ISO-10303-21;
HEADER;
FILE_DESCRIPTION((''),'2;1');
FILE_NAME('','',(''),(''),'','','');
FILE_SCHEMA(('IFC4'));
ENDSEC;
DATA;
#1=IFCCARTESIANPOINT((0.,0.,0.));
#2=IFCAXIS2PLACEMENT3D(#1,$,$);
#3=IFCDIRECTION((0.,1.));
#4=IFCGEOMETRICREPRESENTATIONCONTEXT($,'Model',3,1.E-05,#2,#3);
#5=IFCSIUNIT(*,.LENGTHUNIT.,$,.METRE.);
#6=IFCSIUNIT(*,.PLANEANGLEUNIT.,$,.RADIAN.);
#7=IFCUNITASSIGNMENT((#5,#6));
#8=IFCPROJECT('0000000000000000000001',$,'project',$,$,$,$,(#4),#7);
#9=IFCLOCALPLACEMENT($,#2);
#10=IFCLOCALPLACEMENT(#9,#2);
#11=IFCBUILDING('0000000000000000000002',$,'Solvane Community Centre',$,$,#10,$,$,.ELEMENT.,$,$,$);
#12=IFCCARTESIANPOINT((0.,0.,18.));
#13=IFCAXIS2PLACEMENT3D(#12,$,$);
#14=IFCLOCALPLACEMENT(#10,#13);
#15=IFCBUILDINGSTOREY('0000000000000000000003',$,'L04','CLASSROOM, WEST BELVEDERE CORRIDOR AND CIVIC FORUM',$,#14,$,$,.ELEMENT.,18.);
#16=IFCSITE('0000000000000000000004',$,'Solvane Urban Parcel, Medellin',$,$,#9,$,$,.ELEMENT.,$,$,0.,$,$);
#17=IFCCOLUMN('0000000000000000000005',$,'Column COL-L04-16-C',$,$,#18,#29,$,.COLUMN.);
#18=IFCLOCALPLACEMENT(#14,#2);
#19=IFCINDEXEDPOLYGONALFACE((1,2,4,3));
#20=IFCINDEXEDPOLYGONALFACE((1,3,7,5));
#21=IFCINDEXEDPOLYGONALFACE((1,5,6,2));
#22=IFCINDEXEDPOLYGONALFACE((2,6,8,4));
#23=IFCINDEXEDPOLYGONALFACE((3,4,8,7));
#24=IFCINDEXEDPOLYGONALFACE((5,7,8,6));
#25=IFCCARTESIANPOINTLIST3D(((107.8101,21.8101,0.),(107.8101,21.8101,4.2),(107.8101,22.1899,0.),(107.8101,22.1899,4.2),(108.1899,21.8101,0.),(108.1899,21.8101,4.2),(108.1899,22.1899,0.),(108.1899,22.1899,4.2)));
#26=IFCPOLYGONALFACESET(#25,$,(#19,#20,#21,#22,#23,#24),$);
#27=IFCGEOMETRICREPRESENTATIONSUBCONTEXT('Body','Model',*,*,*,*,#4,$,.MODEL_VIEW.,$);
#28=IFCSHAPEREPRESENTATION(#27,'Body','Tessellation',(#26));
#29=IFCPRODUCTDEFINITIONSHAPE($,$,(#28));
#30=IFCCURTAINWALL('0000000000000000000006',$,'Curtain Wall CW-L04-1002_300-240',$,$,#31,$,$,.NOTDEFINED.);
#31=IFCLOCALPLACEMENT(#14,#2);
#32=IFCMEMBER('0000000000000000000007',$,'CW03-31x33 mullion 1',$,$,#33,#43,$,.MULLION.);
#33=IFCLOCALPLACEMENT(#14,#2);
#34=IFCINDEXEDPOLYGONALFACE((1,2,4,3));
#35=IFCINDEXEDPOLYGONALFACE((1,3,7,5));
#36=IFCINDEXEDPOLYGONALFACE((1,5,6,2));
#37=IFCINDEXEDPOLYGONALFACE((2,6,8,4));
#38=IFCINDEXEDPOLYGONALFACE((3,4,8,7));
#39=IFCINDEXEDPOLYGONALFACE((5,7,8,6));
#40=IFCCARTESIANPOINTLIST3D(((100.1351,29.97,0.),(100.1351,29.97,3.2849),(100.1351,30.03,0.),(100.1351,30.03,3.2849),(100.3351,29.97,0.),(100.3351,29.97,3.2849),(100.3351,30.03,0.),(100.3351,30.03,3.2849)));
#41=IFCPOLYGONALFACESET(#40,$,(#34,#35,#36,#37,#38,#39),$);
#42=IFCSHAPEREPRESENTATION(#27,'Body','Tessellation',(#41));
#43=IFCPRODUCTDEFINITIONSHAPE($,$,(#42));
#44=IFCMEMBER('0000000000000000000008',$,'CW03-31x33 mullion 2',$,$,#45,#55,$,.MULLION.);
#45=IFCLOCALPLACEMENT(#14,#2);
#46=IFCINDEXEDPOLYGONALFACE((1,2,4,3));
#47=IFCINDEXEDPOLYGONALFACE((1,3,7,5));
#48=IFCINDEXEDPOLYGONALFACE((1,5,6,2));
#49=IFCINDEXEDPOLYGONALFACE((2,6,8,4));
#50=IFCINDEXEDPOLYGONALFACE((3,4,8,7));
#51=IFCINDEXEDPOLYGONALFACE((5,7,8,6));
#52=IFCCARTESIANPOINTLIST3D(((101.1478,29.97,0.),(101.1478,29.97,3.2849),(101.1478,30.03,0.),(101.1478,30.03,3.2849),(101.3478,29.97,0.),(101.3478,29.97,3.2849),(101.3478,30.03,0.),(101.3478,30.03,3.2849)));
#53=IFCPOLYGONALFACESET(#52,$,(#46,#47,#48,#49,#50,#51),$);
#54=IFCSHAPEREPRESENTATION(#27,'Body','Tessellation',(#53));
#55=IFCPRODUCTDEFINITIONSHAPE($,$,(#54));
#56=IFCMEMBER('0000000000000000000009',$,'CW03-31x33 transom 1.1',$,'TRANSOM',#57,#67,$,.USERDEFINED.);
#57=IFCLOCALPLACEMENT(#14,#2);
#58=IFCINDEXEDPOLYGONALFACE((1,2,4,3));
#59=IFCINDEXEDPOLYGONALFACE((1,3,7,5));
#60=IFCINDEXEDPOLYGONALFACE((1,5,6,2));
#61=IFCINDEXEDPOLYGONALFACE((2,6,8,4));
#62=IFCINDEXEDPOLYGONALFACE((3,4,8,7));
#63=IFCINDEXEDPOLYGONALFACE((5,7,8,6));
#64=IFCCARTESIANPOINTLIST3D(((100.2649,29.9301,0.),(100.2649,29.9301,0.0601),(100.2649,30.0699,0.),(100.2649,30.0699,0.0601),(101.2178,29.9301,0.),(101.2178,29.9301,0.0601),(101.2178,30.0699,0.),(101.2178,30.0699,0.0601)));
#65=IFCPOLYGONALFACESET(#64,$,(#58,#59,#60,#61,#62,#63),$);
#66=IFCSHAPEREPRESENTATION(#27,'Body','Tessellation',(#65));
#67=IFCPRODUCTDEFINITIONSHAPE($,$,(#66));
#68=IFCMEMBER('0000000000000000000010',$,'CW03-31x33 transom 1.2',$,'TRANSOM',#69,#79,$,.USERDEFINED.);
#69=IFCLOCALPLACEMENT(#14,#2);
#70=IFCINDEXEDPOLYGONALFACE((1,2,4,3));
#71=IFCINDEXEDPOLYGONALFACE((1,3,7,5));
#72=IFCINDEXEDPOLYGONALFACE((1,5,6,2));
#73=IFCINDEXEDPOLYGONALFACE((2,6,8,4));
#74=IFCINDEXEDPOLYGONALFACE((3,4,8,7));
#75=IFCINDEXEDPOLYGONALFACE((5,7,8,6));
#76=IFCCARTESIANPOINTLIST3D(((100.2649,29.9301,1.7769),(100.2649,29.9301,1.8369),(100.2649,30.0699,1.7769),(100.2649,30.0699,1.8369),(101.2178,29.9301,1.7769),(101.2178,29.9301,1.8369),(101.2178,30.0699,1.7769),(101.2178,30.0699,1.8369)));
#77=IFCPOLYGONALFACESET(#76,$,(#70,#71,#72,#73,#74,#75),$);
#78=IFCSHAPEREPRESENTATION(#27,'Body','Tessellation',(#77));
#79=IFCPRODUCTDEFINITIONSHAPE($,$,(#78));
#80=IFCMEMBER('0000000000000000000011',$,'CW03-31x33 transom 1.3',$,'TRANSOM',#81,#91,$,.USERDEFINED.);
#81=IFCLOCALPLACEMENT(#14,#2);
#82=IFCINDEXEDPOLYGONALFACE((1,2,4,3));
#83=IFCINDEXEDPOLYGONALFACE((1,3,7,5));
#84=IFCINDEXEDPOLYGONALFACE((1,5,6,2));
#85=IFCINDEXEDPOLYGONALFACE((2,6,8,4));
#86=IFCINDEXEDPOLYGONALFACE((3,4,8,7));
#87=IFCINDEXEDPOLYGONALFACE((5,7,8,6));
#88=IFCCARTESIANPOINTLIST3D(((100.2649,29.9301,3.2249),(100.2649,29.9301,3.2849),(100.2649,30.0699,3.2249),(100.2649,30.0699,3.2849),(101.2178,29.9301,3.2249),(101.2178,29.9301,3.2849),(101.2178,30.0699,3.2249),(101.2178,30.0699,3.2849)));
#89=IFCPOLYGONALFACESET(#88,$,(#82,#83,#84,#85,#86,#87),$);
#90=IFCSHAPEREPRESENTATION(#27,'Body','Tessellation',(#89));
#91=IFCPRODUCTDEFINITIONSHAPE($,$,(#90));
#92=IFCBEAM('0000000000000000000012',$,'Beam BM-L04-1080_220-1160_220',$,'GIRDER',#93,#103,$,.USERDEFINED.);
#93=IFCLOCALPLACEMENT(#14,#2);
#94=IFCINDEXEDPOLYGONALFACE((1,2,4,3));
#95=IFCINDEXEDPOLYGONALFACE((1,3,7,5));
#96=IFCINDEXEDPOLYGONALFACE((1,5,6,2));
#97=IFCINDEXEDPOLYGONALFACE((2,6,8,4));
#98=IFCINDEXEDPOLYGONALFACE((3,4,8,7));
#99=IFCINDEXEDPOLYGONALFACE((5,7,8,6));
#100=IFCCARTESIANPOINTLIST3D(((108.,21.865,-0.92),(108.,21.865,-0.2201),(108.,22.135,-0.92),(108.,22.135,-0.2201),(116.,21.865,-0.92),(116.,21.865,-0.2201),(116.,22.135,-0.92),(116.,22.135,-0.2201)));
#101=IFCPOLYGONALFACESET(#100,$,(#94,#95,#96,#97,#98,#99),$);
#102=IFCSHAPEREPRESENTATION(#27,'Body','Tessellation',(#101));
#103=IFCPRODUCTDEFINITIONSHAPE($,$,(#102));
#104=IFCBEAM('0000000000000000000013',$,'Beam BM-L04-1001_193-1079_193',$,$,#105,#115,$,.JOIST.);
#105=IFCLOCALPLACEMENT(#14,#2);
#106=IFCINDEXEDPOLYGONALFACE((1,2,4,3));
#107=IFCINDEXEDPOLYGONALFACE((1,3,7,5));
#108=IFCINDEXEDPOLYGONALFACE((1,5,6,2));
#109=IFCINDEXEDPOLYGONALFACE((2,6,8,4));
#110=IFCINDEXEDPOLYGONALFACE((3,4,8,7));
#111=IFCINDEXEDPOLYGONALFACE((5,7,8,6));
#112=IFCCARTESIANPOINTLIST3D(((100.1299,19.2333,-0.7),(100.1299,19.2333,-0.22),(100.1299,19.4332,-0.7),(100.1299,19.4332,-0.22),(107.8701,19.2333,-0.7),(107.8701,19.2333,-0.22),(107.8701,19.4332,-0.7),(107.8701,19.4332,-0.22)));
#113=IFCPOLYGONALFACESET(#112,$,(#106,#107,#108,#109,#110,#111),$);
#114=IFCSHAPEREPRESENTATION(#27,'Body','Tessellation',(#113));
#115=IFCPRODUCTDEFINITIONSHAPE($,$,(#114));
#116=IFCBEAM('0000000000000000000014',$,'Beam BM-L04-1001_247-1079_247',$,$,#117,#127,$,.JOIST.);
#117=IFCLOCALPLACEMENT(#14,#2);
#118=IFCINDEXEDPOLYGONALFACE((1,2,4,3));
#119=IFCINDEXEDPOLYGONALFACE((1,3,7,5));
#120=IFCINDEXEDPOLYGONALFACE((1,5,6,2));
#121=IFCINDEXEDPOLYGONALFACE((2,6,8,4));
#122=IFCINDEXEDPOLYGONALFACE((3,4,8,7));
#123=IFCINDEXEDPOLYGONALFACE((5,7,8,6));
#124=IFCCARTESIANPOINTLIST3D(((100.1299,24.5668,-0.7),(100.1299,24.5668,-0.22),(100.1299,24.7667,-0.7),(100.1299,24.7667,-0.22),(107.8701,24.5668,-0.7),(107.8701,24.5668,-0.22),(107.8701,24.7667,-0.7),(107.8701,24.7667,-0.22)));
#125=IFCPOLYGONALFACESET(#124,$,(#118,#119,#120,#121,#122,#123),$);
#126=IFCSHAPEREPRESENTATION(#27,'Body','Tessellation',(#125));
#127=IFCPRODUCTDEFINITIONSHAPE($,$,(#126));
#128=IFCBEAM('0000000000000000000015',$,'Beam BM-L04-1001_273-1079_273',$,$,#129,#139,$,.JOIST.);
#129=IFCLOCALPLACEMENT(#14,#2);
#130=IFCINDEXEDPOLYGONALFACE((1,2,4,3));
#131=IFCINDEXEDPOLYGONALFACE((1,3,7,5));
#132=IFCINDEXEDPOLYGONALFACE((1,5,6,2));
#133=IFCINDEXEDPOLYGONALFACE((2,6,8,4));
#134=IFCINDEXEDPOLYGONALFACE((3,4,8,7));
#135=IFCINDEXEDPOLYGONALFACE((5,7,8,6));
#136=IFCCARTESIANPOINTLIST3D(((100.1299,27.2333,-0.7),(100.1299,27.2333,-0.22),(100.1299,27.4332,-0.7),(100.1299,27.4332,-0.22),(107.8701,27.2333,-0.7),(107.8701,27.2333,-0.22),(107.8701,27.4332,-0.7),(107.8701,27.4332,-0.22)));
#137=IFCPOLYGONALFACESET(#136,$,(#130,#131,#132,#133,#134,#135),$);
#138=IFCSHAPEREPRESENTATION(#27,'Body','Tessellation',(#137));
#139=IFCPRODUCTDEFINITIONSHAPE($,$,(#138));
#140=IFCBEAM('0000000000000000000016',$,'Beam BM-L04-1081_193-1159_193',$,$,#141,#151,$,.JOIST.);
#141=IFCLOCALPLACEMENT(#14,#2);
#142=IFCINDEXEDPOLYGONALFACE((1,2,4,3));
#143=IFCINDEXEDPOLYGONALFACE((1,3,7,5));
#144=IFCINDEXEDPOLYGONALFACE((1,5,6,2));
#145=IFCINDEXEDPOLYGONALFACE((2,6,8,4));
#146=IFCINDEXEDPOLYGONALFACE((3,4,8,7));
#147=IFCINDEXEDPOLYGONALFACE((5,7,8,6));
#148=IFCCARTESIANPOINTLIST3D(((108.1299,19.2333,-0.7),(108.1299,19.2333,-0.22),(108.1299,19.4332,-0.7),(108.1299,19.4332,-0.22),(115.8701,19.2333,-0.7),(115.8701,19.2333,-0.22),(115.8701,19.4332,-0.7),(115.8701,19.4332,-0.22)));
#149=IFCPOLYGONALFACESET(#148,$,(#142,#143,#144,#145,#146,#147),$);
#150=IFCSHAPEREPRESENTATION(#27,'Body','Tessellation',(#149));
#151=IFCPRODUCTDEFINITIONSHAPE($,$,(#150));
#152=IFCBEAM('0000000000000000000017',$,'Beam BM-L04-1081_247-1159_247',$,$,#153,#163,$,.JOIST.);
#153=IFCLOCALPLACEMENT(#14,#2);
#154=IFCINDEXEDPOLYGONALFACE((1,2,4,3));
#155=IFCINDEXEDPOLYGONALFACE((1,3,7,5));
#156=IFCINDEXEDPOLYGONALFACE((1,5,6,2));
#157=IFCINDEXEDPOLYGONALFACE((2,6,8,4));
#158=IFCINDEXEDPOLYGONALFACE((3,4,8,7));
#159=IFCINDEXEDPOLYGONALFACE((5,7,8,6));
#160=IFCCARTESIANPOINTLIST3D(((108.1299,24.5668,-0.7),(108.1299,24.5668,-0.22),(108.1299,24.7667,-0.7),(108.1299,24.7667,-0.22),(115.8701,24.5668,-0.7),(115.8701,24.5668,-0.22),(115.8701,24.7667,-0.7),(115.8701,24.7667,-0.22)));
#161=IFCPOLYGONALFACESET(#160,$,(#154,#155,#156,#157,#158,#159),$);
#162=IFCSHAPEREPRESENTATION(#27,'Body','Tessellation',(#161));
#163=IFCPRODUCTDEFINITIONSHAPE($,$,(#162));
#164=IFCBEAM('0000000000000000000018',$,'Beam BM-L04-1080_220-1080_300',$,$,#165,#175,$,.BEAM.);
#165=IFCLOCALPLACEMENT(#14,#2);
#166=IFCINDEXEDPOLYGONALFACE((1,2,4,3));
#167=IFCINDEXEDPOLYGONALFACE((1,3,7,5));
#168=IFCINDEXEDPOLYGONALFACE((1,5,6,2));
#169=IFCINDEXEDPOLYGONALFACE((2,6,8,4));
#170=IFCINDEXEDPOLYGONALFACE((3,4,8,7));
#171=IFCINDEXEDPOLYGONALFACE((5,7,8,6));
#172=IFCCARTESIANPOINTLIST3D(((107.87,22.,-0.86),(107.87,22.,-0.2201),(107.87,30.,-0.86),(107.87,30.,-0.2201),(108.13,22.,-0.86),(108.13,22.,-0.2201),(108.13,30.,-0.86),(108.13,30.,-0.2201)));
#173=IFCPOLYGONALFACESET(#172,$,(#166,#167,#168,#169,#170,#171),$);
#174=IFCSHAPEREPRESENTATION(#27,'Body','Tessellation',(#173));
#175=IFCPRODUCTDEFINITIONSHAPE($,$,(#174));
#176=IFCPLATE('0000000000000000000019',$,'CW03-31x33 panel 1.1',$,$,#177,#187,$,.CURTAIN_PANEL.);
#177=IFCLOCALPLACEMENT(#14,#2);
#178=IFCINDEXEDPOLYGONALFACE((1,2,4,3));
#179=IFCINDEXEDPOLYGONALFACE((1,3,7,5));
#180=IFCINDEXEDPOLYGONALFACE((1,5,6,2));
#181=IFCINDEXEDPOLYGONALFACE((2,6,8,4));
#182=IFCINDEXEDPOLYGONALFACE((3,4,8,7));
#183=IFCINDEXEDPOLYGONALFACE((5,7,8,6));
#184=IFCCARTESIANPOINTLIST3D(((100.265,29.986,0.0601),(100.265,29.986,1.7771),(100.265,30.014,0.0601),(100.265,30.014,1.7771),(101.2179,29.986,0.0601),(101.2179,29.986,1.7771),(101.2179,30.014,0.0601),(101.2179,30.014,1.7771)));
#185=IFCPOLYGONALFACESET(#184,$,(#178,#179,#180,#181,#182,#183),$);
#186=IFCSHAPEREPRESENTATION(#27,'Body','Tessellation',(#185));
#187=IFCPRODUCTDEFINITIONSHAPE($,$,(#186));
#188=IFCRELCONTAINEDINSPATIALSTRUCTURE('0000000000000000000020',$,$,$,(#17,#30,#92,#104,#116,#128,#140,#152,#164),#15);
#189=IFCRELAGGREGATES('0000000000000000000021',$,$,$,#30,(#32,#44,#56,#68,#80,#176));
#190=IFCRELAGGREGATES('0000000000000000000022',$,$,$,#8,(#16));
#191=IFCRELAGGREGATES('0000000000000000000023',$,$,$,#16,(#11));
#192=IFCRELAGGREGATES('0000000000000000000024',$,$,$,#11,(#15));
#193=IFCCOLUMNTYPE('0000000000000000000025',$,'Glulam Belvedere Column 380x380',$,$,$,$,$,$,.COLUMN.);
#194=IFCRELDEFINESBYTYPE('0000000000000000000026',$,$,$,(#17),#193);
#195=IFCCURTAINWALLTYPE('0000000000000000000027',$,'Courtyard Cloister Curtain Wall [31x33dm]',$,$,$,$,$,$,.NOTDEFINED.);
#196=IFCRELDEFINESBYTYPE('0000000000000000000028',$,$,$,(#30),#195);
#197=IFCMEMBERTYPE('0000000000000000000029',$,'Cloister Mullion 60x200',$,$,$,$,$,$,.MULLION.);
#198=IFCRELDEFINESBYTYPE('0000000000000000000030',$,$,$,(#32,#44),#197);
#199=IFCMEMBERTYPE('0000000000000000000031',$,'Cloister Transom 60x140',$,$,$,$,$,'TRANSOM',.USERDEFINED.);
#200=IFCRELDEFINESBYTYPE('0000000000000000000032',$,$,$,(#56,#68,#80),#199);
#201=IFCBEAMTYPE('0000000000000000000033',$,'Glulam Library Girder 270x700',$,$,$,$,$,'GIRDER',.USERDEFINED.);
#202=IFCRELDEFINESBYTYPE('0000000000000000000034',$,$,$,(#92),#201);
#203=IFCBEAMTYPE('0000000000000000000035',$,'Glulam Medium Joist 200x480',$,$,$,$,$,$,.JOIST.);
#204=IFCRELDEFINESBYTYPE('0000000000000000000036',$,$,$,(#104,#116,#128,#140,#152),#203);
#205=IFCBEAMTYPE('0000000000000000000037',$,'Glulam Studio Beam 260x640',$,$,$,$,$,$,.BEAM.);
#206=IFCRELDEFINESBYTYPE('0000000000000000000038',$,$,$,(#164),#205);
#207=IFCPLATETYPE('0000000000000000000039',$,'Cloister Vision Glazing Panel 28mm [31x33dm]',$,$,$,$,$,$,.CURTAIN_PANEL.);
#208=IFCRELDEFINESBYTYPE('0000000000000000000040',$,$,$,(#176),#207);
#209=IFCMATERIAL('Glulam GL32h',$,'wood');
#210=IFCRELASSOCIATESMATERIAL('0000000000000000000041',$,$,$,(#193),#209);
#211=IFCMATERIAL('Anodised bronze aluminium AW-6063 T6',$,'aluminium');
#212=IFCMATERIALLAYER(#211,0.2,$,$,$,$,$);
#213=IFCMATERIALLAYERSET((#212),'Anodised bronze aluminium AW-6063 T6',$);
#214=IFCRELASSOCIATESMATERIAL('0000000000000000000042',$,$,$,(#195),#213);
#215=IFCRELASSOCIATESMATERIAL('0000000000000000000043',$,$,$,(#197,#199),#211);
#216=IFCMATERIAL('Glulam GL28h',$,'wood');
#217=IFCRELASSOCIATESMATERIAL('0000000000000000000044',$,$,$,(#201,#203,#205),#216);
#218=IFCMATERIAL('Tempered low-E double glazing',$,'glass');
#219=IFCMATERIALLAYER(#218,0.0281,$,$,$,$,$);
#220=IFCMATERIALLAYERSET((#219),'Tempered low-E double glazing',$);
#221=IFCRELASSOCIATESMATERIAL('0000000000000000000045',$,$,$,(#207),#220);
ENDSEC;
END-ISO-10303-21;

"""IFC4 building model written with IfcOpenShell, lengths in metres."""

from ifc_helpers import new_model, si_unit, direction, frame, origin, origin_2d, place, context, subcontext, project, spatial, rectangle, extrude, material, layer, layer_set, material_profile, profile_set, type_object, element, aggregate, save


model = new_model("IFC4")

# Units and contexts
model_context = context("Model", 3, precision=1e-05, world=origin(), true_north=direction((0.0, 1.0)))
body_context = subcontext(model_context, "Body", "Model", "MODEL_VIEW")
ifc_project = project(units=[si_unit("LENGTHUNIT", "METRE"), si_unit("PLANEANGLEUNIT", "RADIAN")], contexts=[model_context])

# Site, building, storey
site_placement = place(None, origin())
site = spatial("IfcSite", under=ifc_project, at=site_placement, Name="Solvane Urban Parcel, Medellin", CompositionType="ELEMENT", RefElevation=0.0)
building_placement = place(site_placement, origin())
building = spatial("IfcBuilding", under=site, at=building_placement, Name="Solvane Community Centre", CompositionType="ELEMENT")
storey_placement = place(building_placement, frame((0.0, 0.0, 18.0)))
storey = spatial("IfcBuildingStorey", under=building, at=storey_placement, Name="L04", Description="CLASSROOM, WEST BELVEDERE CORRIDOR AND CIVIC FORUM", CompositionType="ELEMENT", Elevation=18.0)

# Column
ifc_material_1 = material(Name="Glulam GL32h", Category="wood")
ifc_material_profile_1 = material_profile(ifc_material_1, rectangle(XDim=0.3799, YDim=0.3799, at=origin_2d()), Name="GL32h 380x380")
ifc_profile_set_1 = profile_set([ifc_material_profile_1], Name="Glulam GL32h")
column_type = type_object("IfcColumnType", Name="Glulam Belvedere Column 380x380", PredefinedType="COLUMN", material=ifc_profile_set_1)
column_placement = place(storey_placement, frame((108.0, 22.0, 0.0), z_axis=(0.0, 0.0, 1.0), x_axis=(1.0, 0.0, 0.0)))
element("IfcColumn", 1, at=column_placement, inside=storey, type_object=column_type, Name="Column COL-L04-16-C", PredefinedType="COLUMN", context=body_context, shape_type="SweptSolid", body=[
    extrude(rectangle(XDim=0.3799, YDim=0.3799, at=origin_2d()), origin(), (0.0, 0.0, 1.0), 4.2),
])

# Curtain wall, members
ifc_material_2 = material(Name="Anodised bronze aluminium AW-6063 T6", Category="aluminium")
ifc_layer_1 = layer(ifc_material_2, 0.2)
ifc_layer_set_1 = layer_set([ifc_layer_1], Name="Anodised bronze aluminium AW-6063 T6")
curtain_wall_type = type_object("IfcCurtainWallType", Name="Courtyard Cloister Curtain Wall [31x33dm]", PredefinedType="NOTDEFINED", material=ifc_layer_set_1)
curtain_wall_placement = place(storey_placement, origin())
curtain_wall = element("IfcCurtainWall", 2, at=curtain_wall_placement, inside=storey, type_object=curtain_wall_type, Name="Curtain Wall CW-L04-1002_300-240", PredefinedType="NOTDEFINED")
ifc_material_profile_2 = material_profile(ifc_material_2, rectangle(XDim=0.0601, YDim=0.2, at=origin_2d()), Name="CW-M 60x200")
ifc_profile_set_2 = profile_set([ifc_material_profile_2], Name="Anodised bronze aluminium AW-6063 T6")
member_type_1 = type_object("IfcMemberType", Name="Cloister Mullion 60x200", PredefinedType="MULLION", material=ifc_profile_set_2)
member_1_placement = place(storey_placement, frame((100.2351, 30.0, 0.0), z_axis=(0.0, 0.0, 1.0), x_axis=(0.0, 1.0, 0.0)))
member_1 = element("IfcMember", 3, at=member_1_placement, type_object=member_type_1, Name="CW03-31x33 mullion 1", PredefinedType="MULLION", context=body_context, shape_type="SweptSolid", body=[
    extrude(rectangle(XDim=0.0601, YDim=0.2, at=origin_2d()), origin(), (0.0, 0.0, 1.0), 3.2849),
])
member_2_placement = place(storey_placement, frame((101.2478, 30.0, 0.0), z_axis=(0.0, 0.0, 1.0), x_axis=(0.0, 1.0, 0.0)))
member_2 = element("IfcMember", 4, at=member_2_placement, type_object=member_type_1, Name="CW03-31x33 mullion 2", PredefinedType="MULLION", context=body_context, shape_type="SweptSolid", body=[
    extrude(rectangle(XDim=0.0601, YDim=0.2, at=origin_2d()), origin(), (0.0, 0.0, 1.0), 3.2849),
])
ifc_material_profile_3 = material_profile(ifc_material_2, rectangle(XDim=0.1399, YDim=0.0601, at=origin_2d()), Name="CW-T 60x140")
ifc_profile_set_3 = profile_set([ifc_material_profile_3], Name="Anodised bronze aluminium AW-6063 T6")
member_type_2 = type_object("IfcMemberType", Name="Cloister Transom 60x140", ElementType="TRANSOM", PredefinedType="USERDEFINED", material=ifc_profile_set_3)
member_3_placement = place(storey_placement, frame((100.2649, 30.0, 0.03), z_axis=(1.0, 0.0, 0.0), x_axis=(0.0, 1.0, 0.0)))
member_3 = element("IfcMember", 5, at=member_3_placement, type_object=member_type_2, Name="CW03-31x33 transom 1.1", ObjectType="TRANSOM", PredefinedType="USERDEFINED", context=body_context, shape_type="SweptSolid", body=[
    extrude(rectangle(XDim=0.1399, YDim=0.0601, at=origin_2d()), origin(), (0.0, 0.0, 1.0), 0.9529),
])
member_4_placement = place(storey_placement, frame((100.2649, 30.0, 1.8069), z_axis=(1.0, 0.0, 0.0), x_axis=(0.0, 1.0, 0.0)))
member_4 = element("IfcMember", 6, at=member_4_placement, type_object=member_type_2, Name="CW03-31x33 transom 1.2", ObjectType="TRANSOM", PredefinedType="USERDEFINED", context=body_context, shape_type="SweptSolid", body=[
    extrude(rectangle(XDim=0.1399, YDim=0.0601, at=origin_2d()), origin(), (0.0, 0.0, 1.0), 0.9529),
])
member_5_placement = place(storey_placement, frame((100.2649, 30.0, 3.2549), z_axis=(1.0, 0.0, 0.0), x_axis=(0.0, 1.0, 0.0)))
member_5 = element("IfcMember", 7, at=member_5_placement, type_object=member_type_2, Name="CW03-31x33 transom 1.3", ObjectType="TRANSOM", PredefinedType="USERDEFINED", context=body_context, shape_type="SweptSolid", body=[
    extrude(rectangle(XDim=0.1399, YDim=0.0601, at=origin_2d()), origin(), (0.0, 0.0, 1.0), 0.9529),
])

# Beams
ifc_material_3 = material(Name="Glulam GL28h", Category="wood")
ifc_material_profile_4 = material_profile(ifc_material_3, rectangle(XDim=0.27, YDim=0.7, at=origin_2d()), Name="GL28h 270x700")
ifc_profile_set_4 = profile_set([ifc_material_profile_4], Name="Glulam GL28h")
beam_type_1 = type_object("IfcBeamType", Name="Glulam Library Girder 270x700", ElementType="GIRDER", PredefinedType="USERDEFINED", material=ifc_profile_set_4)
beam_1_placement = place(storey_placement, frame((108.0, 22.0, -0.5701), z_axis=(1.0, 0.0, 0.0), x_axis=(0.0, 1.0, 0.0)))
element("IfcBeam", 8, at=beam_1_placement, inside=storey, type_object=beam_type_1, Name="Beam BM-L04-1080_220-1160_220", ObjectType="GIRDER", PredefinedType="USERDEFINED", context=body_context, shape_type="SweptSolid", body=[
    extrude(rectangle(XDim=0.27, YDim=0.7, at=origin_2d()), origin(), (0.0, 0.0, 1.0), 8.0),
])
ifc_material_profile_5 = material_profile(ifc_material_3, rectangle(XDim=0.2, YDim=0.48, at=origin_2d()), Name="GL28h 200x480")
ifc_profile_set_5 = profile_set([ifc_material_profile_5], Name="Glulam GL28h")
beam_type_2 = type_object("IfcBeamType", Name="Glulam Medium Joist 200x480", PredefinedType="JOIST", material=ifc_profile_set_5)
for number, where, z_axis, x_axis, name in (
    (9, (100.1299, 19.3333, -0.46), (1.0, 0.0, 0.0), (0.0, 1.0, 0.0), "Beam BM-L04-1001_193-1079_193"),
    (10, (100.1299, 24.6667, -0.46), (1.0, 0.0, 0.0), (0.0, 1.0, 0.0), "Beam BM-L04-1001_247-1079_247"),
    (11, (100.1299, 27.3333, -0.46), (1.0, 0.0, 0.0), (0.0, 1.0, 0.0), "Beam BM-L04-1001_273-1079_273"),
    (12, (108.1299, 19.3333, -0.46), (1.0, 0.0, 0.0), (0.0, 1.0, 0.0), "Beam BM-L04-1081_193-1159_193"),
    (13, (108.1299, 24.6667, -0.46), (1.0, 0.0, 0.0), (0.0, 1.0, 0.0), "Beam BM-L04-1081_247-1159_247"),
):
    element("IfcBeam", number, at=place(storey_placement, frame(where, z_axis=z_axis, x_axis=x_axis)), inside=storey, type_object=beam_type_2, Name=name, PredefinedType="JOIST", context=body_context, shape_type="SweptSolid", body=[
        extrude(rectangle(XDim=0.2, YDim=0.48, at=origin_2d()), origin(), (0.0, 0.0, 1.0), 7.7402),
    ])
ifc_material_profile_6 = material_profile(ifc_material_3, rectangle(XDim=0.26, YDim=0.6399, at=origin_2d()), Name="GL28h 260x640")
ifc_profile_set_6 = profile_set([ifc_material_profile_6], Name="Glulam GL28h")
beam_type_3 = type_object("IfcBeamType", Name="Glulam Studio Beam 260x640", PredefinedType="BEAM", material=ifc_profile_set_6)
beam_2_placement = place(storey_placement, frame((108.0, 22.0, -0.54), z_axis=(0.0, 1.0, 0.0), x_axis=(-1.0, 0.0, 0.0)))
element("IfcBeam", 14, at=beam_2_placement, inside=storey, type_object=beam_type_3, Name="Beam BM-L04-1080_220-1080_300", PredefinedType="BEAM", context=body_context, shape_type="SweptSolid", body=[
    extrude(rectangle(XDim=0.26, YDim=0.6399, at=origin_2d()), origin(), (0.0, 0.0, 1.0), 8.0),
])

# Plate
ifc_material_4 = material(Name="Tempered low-E double glazing", Category="glass")
ifc_layer_2 = layer(ifc_material_4, 0.0281)
ifc_layer_set_2 = layer_set([ifc_layer_2], Name="Tempered low-E double glazing")
plate_type = type_object("IfcPlateType", Name="Cloister Vision Glazing Panel 28mm [31x33dm]", PredefinedType="CURTAIN_PANEL", material=ifc_layer_set_2)
plate_1_placement = place(storey_placement, frame((100.7415, 30.0, 0.0601), z_axis=(0.0, 0.0, 1.0), x_axis=(1.0, 0.0, 0.0)))
plate_1 = element("IfcPlate", 15, at=plate_1_placement, type_object=plate_type, Name="CW03-31x33 panel 1.1", PredefinedType="CURTAIN_PANEL", context=body_context, shape_type="SweptSolid", body=[
    extrude(rectangle(XDim=0.9529, YDim=0.0281, at=origin_2d()), origin(), (0.0, 0.0, 1.0), 1.717),
])
aggregate(curtain_wall, [member_1, member_2, member_3, member_4, member_5, plate_1])

save(model, "model.ifc")
